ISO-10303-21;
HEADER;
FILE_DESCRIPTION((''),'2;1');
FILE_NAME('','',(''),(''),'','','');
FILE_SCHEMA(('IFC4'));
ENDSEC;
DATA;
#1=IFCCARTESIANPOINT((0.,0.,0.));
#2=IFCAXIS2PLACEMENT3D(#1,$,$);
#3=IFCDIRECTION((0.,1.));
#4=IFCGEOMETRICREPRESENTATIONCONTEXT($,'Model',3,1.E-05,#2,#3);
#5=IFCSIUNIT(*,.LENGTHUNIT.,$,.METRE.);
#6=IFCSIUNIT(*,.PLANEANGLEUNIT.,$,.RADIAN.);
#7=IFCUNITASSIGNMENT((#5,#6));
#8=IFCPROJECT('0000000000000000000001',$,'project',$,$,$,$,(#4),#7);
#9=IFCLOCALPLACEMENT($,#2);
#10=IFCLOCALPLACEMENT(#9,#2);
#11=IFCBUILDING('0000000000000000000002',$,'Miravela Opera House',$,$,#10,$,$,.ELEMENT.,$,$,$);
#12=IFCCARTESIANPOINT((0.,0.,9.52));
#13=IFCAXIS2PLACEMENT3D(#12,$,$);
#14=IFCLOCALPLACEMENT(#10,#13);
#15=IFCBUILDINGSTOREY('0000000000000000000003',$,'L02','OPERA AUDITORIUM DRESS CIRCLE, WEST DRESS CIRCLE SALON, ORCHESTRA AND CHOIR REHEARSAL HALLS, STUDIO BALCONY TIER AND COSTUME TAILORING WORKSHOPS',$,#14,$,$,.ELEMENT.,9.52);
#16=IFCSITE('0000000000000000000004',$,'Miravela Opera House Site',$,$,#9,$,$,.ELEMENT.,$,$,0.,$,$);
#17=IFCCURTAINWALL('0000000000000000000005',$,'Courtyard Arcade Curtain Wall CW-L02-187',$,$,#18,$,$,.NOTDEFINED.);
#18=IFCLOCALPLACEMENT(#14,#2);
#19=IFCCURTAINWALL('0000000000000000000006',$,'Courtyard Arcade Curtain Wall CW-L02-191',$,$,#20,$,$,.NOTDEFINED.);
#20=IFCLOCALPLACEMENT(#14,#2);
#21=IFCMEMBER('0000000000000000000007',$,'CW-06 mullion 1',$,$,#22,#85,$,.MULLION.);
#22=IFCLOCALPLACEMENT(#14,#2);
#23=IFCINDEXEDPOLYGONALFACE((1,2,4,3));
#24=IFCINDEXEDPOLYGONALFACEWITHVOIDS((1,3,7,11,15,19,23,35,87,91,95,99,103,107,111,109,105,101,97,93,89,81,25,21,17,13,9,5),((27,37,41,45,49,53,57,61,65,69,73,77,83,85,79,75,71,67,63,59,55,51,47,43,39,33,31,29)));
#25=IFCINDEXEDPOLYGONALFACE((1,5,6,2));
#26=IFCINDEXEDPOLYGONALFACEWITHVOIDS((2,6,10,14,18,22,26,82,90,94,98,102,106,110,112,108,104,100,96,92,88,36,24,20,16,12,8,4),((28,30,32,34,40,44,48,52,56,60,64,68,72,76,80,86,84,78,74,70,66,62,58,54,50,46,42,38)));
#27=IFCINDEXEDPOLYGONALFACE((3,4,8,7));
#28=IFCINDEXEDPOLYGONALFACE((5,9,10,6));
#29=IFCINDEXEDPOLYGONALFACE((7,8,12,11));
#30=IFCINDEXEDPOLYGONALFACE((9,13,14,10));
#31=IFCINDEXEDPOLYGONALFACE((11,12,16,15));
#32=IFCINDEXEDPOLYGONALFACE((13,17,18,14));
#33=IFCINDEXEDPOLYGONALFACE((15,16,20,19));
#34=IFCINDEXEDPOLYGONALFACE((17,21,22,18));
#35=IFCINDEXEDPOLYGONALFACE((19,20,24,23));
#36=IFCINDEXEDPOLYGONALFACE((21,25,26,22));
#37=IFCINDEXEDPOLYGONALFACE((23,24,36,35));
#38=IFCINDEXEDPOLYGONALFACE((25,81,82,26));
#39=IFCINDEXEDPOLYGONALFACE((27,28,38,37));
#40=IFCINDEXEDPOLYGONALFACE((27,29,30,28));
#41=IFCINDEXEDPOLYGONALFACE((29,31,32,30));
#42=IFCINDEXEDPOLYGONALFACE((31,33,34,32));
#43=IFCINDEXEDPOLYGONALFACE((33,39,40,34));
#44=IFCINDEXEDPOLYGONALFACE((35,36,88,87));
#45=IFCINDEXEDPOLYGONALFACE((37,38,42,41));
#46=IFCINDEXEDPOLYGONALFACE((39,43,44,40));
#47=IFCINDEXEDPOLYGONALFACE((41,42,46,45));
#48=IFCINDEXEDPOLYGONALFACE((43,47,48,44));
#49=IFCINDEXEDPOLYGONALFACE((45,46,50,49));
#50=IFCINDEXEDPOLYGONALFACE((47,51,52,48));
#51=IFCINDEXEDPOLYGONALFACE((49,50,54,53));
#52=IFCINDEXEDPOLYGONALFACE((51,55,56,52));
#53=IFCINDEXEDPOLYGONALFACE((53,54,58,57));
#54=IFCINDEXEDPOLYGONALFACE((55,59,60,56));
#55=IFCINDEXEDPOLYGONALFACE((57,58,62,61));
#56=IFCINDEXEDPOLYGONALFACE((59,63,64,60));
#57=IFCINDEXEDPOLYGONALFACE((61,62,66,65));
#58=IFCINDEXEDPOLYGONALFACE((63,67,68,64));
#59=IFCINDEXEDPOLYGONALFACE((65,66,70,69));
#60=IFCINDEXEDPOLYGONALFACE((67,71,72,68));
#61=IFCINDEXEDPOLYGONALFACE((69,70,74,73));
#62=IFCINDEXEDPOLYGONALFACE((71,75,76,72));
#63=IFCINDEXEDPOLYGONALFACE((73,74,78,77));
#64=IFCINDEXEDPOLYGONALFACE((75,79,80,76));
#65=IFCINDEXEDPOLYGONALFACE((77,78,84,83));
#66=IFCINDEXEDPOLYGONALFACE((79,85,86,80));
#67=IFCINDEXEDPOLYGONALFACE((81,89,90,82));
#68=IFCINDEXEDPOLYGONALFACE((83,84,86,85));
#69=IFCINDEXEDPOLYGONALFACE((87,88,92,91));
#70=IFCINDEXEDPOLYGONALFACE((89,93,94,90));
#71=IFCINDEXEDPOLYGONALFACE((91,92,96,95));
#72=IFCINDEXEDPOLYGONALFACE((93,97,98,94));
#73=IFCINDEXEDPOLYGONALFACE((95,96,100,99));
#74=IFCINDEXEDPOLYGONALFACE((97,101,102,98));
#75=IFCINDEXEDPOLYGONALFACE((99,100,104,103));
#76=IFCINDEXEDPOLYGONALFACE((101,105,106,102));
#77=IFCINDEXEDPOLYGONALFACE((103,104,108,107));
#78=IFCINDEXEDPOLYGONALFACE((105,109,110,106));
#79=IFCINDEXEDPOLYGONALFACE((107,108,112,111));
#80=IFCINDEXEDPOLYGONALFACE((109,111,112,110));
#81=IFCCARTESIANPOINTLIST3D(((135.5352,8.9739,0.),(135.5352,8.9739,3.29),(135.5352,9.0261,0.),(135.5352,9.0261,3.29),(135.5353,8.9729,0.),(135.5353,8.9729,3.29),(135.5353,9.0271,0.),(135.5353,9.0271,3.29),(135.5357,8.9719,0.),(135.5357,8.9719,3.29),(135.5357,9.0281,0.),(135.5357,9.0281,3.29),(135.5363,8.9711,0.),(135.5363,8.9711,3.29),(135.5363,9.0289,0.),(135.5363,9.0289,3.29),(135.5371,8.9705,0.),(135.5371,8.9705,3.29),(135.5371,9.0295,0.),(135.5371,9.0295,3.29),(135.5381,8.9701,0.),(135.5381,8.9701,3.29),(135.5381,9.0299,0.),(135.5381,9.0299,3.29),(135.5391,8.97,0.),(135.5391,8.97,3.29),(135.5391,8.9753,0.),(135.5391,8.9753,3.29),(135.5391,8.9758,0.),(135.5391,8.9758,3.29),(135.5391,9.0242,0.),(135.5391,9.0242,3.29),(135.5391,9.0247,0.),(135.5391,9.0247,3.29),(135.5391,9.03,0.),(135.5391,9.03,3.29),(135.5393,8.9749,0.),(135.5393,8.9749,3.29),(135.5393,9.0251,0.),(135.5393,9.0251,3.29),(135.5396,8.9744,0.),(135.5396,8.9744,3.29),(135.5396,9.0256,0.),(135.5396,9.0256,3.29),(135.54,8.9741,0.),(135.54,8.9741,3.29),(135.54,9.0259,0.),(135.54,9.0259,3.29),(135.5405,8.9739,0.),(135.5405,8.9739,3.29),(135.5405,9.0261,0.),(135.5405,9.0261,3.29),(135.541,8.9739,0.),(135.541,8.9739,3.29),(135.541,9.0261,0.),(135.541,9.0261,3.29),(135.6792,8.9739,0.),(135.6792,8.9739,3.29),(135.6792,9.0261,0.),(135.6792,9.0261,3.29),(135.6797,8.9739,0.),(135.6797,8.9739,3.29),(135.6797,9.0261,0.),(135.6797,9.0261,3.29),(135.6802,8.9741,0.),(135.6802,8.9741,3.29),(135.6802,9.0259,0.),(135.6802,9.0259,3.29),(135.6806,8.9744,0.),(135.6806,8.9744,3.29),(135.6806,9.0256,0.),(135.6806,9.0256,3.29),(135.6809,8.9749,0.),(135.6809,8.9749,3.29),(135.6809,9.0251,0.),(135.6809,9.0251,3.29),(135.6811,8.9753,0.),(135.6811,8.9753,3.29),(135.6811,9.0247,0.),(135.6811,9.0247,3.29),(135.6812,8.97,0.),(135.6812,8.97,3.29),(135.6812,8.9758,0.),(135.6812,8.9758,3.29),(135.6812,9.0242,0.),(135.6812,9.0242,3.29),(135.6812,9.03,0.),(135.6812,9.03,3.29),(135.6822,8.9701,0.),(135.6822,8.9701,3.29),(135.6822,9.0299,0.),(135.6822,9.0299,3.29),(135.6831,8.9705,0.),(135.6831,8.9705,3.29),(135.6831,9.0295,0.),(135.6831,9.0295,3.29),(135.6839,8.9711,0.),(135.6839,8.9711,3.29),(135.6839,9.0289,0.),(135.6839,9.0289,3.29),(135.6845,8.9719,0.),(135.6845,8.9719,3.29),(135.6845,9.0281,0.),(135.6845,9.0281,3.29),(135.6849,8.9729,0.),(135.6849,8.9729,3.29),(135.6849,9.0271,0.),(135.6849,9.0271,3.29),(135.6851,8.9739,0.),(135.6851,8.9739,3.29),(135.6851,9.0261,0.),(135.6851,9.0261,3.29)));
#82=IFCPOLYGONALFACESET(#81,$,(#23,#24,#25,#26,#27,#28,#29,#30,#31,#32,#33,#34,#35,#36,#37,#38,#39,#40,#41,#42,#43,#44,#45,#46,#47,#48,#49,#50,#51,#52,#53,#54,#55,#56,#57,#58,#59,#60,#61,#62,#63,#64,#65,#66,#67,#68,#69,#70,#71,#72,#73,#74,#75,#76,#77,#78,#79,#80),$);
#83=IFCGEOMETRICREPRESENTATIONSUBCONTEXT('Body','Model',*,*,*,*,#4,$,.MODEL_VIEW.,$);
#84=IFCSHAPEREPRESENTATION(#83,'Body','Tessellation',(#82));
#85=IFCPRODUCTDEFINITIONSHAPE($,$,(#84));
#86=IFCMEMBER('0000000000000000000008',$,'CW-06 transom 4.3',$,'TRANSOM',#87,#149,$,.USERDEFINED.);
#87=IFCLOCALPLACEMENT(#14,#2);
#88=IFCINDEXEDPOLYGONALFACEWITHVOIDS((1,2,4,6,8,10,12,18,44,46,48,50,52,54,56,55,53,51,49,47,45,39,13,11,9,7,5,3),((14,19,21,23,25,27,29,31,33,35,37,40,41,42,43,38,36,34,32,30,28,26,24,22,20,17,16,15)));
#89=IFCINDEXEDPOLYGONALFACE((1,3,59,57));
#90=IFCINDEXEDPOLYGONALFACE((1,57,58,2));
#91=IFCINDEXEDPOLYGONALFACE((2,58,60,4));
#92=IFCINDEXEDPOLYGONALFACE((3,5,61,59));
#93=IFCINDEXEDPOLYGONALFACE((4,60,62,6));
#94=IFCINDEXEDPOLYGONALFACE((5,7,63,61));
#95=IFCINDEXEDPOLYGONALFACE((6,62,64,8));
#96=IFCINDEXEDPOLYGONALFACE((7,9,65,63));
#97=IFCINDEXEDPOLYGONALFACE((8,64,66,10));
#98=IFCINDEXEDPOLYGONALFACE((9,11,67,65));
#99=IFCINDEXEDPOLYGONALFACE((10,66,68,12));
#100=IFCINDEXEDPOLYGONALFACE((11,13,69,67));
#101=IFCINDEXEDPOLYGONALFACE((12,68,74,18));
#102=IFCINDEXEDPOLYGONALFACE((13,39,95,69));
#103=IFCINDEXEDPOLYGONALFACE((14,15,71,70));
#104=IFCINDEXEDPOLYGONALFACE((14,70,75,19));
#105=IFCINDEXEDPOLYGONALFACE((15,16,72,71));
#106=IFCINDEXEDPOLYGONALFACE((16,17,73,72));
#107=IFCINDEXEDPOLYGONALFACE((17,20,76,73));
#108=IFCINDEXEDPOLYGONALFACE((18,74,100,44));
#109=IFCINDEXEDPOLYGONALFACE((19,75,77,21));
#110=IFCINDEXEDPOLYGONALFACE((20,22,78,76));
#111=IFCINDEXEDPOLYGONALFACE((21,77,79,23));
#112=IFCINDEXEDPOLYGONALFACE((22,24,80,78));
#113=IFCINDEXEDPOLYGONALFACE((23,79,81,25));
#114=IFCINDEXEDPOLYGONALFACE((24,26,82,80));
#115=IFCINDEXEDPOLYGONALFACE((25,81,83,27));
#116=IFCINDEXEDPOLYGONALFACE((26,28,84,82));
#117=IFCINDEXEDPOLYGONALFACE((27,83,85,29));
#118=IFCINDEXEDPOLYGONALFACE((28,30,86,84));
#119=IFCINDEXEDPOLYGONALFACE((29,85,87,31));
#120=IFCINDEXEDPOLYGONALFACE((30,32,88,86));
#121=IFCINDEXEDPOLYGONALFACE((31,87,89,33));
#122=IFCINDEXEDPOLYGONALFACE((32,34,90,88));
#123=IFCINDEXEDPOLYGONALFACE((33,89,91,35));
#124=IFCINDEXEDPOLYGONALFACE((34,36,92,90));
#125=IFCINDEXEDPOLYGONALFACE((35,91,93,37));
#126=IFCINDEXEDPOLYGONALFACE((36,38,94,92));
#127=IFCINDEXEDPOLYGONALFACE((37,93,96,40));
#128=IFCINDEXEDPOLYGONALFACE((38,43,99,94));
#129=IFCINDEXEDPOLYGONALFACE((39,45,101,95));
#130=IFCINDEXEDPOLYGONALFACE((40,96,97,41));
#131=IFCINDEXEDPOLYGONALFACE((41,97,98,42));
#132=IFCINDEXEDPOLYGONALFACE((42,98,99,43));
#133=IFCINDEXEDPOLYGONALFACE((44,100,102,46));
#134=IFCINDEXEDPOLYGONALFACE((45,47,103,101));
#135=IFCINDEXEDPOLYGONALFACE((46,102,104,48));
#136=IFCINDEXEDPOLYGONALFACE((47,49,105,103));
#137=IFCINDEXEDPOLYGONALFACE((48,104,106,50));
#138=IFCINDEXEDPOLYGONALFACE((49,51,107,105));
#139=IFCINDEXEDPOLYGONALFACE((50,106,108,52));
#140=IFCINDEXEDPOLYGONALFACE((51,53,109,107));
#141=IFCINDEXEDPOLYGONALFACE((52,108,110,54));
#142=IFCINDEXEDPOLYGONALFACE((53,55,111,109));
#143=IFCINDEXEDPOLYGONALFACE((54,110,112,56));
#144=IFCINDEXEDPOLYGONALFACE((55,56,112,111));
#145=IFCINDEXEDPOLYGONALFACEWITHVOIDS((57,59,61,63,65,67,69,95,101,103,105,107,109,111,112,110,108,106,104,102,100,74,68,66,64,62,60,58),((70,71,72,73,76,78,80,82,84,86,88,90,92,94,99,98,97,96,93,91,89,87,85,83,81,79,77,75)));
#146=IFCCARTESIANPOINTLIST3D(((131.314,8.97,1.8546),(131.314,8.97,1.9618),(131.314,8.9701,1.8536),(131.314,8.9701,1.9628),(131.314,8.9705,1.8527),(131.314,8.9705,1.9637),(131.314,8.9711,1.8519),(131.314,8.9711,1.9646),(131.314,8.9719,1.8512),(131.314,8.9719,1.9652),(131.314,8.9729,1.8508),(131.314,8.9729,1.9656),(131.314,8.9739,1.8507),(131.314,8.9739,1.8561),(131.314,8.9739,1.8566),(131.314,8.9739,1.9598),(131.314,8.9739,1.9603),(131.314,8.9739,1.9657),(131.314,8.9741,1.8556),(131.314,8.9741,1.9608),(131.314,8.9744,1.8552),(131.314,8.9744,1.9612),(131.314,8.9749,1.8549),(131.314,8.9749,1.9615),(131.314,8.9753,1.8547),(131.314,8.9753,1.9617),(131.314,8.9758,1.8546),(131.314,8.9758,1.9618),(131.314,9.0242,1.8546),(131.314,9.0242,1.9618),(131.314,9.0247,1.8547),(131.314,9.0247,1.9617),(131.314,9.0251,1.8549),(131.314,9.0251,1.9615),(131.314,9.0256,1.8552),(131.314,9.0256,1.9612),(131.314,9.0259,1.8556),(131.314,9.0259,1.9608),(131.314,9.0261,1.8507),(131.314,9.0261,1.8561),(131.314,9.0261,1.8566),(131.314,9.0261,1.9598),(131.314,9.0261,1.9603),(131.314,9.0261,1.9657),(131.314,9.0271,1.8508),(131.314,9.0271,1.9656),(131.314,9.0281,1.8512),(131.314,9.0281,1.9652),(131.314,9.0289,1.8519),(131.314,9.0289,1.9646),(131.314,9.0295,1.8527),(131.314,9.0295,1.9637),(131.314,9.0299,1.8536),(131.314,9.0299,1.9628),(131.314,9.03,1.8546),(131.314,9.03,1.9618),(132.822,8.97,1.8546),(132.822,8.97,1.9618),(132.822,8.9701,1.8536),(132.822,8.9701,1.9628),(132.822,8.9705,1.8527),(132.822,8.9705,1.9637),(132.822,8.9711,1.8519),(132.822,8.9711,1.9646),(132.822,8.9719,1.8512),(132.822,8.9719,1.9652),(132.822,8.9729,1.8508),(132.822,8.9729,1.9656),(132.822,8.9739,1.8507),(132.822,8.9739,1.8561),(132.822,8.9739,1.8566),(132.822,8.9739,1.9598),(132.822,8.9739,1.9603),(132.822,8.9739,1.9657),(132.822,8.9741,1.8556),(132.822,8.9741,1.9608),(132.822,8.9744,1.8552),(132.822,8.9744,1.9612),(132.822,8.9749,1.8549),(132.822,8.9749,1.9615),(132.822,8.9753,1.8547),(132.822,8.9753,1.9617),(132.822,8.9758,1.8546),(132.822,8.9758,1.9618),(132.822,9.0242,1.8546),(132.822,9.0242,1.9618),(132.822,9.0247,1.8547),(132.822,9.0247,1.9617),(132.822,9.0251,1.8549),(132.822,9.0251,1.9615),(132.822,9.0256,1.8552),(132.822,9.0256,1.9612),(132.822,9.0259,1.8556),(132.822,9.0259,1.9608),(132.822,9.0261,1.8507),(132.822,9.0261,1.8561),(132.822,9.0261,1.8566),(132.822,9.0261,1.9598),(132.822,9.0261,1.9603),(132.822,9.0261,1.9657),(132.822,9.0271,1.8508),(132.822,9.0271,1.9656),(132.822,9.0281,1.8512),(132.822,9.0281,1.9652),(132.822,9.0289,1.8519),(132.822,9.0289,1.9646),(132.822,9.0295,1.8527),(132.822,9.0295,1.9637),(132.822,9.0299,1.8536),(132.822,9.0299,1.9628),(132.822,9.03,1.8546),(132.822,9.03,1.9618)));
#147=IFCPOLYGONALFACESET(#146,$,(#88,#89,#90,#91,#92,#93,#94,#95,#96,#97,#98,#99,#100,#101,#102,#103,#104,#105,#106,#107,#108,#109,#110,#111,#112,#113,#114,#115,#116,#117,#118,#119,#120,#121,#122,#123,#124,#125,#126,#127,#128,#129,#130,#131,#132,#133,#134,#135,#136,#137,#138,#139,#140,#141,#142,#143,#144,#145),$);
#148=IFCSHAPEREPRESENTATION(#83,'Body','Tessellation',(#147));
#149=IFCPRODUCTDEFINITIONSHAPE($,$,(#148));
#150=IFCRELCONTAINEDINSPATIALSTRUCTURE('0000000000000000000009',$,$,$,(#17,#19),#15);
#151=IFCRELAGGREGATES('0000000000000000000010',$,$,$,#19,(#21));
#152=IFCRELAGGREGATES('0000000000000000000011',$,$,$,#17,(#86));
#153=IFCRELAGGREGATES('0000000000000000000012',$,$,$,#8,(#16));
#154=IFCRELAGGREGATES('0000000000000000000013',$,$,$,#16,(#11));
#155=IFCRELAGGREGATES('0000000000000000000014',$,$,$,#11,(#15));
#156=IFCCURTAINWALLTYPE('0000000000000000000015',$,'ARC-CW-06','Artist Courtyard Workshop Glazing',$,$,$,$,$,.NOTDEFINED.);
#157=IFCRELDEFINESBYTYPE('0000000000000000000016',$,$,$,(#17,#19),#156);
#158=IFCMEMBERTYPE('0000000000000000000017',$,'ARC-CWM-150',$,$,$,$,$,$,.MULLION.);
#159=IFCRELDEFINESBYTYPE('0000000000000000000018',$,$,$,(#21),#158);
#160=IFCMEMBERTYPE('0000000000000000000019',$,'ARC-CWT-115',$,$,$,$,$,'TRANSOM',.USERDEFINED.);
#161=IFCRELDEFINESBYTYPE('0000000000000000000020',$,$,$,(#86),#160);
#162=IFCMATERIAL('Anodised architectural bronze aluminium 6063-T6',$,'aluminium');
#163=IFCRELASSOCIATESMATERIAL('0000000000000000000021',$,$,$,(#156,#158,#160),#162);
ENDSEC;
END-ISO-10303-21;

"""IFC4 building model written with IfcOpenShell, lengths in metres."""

from ifc_helpers import new_model, si_unit, direction, frame, origin, origin_2d, place, context, subcontext, project, spatial, hollow_rectangle, extrude, material, material_profile, profile_set, type_object, element, aggregate, save


model = new_model("IFC4")

# Units and contexts
model_context = context("Model", 3, precision=1e-05, world=origin(), true_north=direction((0.0, 1.0)))
body_context = subcontext(model_context, "Body", "Model", "MODEL_VIEW")
ifc_project = project(units=[si_unit("LENGTHUNIT", "METRE"), si_unit("PLANEANGLEUNIT", "RADIAN")], contexts=[model_context])

# Site, building, storey
site_placement = place(None, origin())
site = spatial("IfcSite", under=ifc_project, at=site_placement, Name="Miravela Opera House Site", CompositionType="ELEMENT", RefElevation=0.0)
building_placement = place(site_placement, origin())
building = spatial("IfcBuilding", under=site, at=building_placement, Name="Miravela Opera House", CompositionType="ELEMENT")
storey_placement = place(building_placement, frame((0.0, 0.0, 9.52)))
storey = spatial("IfcBuildingStorey", under=building, at=storey_placement, Name="L02", Description="OPERA AUDITORIUM DRESS CIRCLE, WEST DRESS CIRCLE SALON, ORCHESTRA AND CHOIR REHEARSAL HALLS, STUDIO BALCONY TIER AND COSTUME TAILORING WORKSHOPS", CompositionType="ELEMENT", Elevation=9.52)

# Curtain wall
ifc_material_1 = material(Name="Anodised architectural bronze aluminium 6063-T6", Category="aluminium")
curtain_wall_type = type_object("IfcCurtainWallType", Name="ARC-CW-06", Description="Artist Courtyard Workshop Glazing", PredefinedType="NOTDEFINED", material=ifc_material_1)
curtain_wall_1_placement = place(storey_placement, origin())
curtain_wall_1 = element("IfcCurtainWall", 1, at=curtain_wall_1_placement, inside=storey, type_object=curtain_wall_type, Name="Courtyard Arcade Curtain Wall CW-L02-187", PredefinedType="NOTDEFINED")
ifc_material_profile_1 = material_profile(ifc_material_1, hollow_rectangle(XDim=0.0601, YDim=0.1499, WallThickness=0.0039, InnerFilletRadius=0.002, OuterFilletRadius=0.0039, at=origin_2d()), Name="CWM-60X150")
ifc_profile_set_1 = profile_set([ifc_material_profile_1])
member_type_1 = type_object("IfcMemberType", Name="ARC-CWM-150", PredefinedType="MULLION", material=ifc_profile_set_1)

# Curtain wall, member
curtain_wall_2_placement = place(storey_placement, origin())
curtain_wall_2 = element("IfcCurtainWall", 2, at=curtain_wall_2_placement, inside=storey, type_object=curtain_wall_type, Name="Courtyard Arcade Curtain Wall CW-L02-191", PredefinedType="NOTDEFINED")
member_1_placement = place(storey_placement, frame((135.6101, 9.0, 0.0), z_axis=(0.0, 0.0, 1.0), x_axis=(0.0, 1.0, 0.0)))
member_1 = element("IfcMember", 3, at=member_1_placement, type_object=member_type_1, Name="CW-06 mullion 1", PredefinedType="MULLION", context=body_context, shape_type="SweptSolid", body=[
    extrude(hollow_rectangle(XDim=0.0601, YDim=0.1499, WallThickness=0.0039, InnerFilletRadius=0.002, OuterFilletRadius=0.0039, at=origin_2d()), origin(), (0.0, 0.0, 1.0), 3.29),
])

# Member
ifc_material_profile_2 = material_profile(ifc_material_1, hollow_rectangle(XDim=0.0601, YDim=0.115, WallThickness=0.0039, InnerFilletRadius=0.002, OuterFilletRadius=0.0039, at=origin_2d()), Name="CWT-60X115")
ifc_profile_set_2 = profile_set([ifc_material_profile_2])
member_type_2 = type_object("IfcMemberType", Name="ARC-CWT-115", ElementType="TRANSOM", PredefinedType="USERDEFINED", material=ifc_profile_set_2)
member_2_placement = place(storey_placement, frame((131.314, 9.0, 1.9082), z_axis=(1.0, 0.0, 0.0), x_axis=(0.0, 1.0, 0.0)))
member_2 = element("IfcMember", 4, at=member_2_placement, type_object=member_type_2, Name="CW-06 transom 4.3", ObjectType="TRANSOM", PredefinedType="USERDEFINED", context=body_context, shape_type="SweptSolid", body=[
    extrude(hollow_rectangle(XDim=0.0601, YDim=0.115, WallThickness=0.0039, InnerFilletRadius=0.002, OuterFilletRadius=0.0039, at=origin_2d()), origin(), (0.0, 0.0, 1.0), 1.5081),
])
aggregate(curtain_wall_2, [member_1])

aggregate(curtain_wall_1, [member_2])

save(model, "model.ifc")
